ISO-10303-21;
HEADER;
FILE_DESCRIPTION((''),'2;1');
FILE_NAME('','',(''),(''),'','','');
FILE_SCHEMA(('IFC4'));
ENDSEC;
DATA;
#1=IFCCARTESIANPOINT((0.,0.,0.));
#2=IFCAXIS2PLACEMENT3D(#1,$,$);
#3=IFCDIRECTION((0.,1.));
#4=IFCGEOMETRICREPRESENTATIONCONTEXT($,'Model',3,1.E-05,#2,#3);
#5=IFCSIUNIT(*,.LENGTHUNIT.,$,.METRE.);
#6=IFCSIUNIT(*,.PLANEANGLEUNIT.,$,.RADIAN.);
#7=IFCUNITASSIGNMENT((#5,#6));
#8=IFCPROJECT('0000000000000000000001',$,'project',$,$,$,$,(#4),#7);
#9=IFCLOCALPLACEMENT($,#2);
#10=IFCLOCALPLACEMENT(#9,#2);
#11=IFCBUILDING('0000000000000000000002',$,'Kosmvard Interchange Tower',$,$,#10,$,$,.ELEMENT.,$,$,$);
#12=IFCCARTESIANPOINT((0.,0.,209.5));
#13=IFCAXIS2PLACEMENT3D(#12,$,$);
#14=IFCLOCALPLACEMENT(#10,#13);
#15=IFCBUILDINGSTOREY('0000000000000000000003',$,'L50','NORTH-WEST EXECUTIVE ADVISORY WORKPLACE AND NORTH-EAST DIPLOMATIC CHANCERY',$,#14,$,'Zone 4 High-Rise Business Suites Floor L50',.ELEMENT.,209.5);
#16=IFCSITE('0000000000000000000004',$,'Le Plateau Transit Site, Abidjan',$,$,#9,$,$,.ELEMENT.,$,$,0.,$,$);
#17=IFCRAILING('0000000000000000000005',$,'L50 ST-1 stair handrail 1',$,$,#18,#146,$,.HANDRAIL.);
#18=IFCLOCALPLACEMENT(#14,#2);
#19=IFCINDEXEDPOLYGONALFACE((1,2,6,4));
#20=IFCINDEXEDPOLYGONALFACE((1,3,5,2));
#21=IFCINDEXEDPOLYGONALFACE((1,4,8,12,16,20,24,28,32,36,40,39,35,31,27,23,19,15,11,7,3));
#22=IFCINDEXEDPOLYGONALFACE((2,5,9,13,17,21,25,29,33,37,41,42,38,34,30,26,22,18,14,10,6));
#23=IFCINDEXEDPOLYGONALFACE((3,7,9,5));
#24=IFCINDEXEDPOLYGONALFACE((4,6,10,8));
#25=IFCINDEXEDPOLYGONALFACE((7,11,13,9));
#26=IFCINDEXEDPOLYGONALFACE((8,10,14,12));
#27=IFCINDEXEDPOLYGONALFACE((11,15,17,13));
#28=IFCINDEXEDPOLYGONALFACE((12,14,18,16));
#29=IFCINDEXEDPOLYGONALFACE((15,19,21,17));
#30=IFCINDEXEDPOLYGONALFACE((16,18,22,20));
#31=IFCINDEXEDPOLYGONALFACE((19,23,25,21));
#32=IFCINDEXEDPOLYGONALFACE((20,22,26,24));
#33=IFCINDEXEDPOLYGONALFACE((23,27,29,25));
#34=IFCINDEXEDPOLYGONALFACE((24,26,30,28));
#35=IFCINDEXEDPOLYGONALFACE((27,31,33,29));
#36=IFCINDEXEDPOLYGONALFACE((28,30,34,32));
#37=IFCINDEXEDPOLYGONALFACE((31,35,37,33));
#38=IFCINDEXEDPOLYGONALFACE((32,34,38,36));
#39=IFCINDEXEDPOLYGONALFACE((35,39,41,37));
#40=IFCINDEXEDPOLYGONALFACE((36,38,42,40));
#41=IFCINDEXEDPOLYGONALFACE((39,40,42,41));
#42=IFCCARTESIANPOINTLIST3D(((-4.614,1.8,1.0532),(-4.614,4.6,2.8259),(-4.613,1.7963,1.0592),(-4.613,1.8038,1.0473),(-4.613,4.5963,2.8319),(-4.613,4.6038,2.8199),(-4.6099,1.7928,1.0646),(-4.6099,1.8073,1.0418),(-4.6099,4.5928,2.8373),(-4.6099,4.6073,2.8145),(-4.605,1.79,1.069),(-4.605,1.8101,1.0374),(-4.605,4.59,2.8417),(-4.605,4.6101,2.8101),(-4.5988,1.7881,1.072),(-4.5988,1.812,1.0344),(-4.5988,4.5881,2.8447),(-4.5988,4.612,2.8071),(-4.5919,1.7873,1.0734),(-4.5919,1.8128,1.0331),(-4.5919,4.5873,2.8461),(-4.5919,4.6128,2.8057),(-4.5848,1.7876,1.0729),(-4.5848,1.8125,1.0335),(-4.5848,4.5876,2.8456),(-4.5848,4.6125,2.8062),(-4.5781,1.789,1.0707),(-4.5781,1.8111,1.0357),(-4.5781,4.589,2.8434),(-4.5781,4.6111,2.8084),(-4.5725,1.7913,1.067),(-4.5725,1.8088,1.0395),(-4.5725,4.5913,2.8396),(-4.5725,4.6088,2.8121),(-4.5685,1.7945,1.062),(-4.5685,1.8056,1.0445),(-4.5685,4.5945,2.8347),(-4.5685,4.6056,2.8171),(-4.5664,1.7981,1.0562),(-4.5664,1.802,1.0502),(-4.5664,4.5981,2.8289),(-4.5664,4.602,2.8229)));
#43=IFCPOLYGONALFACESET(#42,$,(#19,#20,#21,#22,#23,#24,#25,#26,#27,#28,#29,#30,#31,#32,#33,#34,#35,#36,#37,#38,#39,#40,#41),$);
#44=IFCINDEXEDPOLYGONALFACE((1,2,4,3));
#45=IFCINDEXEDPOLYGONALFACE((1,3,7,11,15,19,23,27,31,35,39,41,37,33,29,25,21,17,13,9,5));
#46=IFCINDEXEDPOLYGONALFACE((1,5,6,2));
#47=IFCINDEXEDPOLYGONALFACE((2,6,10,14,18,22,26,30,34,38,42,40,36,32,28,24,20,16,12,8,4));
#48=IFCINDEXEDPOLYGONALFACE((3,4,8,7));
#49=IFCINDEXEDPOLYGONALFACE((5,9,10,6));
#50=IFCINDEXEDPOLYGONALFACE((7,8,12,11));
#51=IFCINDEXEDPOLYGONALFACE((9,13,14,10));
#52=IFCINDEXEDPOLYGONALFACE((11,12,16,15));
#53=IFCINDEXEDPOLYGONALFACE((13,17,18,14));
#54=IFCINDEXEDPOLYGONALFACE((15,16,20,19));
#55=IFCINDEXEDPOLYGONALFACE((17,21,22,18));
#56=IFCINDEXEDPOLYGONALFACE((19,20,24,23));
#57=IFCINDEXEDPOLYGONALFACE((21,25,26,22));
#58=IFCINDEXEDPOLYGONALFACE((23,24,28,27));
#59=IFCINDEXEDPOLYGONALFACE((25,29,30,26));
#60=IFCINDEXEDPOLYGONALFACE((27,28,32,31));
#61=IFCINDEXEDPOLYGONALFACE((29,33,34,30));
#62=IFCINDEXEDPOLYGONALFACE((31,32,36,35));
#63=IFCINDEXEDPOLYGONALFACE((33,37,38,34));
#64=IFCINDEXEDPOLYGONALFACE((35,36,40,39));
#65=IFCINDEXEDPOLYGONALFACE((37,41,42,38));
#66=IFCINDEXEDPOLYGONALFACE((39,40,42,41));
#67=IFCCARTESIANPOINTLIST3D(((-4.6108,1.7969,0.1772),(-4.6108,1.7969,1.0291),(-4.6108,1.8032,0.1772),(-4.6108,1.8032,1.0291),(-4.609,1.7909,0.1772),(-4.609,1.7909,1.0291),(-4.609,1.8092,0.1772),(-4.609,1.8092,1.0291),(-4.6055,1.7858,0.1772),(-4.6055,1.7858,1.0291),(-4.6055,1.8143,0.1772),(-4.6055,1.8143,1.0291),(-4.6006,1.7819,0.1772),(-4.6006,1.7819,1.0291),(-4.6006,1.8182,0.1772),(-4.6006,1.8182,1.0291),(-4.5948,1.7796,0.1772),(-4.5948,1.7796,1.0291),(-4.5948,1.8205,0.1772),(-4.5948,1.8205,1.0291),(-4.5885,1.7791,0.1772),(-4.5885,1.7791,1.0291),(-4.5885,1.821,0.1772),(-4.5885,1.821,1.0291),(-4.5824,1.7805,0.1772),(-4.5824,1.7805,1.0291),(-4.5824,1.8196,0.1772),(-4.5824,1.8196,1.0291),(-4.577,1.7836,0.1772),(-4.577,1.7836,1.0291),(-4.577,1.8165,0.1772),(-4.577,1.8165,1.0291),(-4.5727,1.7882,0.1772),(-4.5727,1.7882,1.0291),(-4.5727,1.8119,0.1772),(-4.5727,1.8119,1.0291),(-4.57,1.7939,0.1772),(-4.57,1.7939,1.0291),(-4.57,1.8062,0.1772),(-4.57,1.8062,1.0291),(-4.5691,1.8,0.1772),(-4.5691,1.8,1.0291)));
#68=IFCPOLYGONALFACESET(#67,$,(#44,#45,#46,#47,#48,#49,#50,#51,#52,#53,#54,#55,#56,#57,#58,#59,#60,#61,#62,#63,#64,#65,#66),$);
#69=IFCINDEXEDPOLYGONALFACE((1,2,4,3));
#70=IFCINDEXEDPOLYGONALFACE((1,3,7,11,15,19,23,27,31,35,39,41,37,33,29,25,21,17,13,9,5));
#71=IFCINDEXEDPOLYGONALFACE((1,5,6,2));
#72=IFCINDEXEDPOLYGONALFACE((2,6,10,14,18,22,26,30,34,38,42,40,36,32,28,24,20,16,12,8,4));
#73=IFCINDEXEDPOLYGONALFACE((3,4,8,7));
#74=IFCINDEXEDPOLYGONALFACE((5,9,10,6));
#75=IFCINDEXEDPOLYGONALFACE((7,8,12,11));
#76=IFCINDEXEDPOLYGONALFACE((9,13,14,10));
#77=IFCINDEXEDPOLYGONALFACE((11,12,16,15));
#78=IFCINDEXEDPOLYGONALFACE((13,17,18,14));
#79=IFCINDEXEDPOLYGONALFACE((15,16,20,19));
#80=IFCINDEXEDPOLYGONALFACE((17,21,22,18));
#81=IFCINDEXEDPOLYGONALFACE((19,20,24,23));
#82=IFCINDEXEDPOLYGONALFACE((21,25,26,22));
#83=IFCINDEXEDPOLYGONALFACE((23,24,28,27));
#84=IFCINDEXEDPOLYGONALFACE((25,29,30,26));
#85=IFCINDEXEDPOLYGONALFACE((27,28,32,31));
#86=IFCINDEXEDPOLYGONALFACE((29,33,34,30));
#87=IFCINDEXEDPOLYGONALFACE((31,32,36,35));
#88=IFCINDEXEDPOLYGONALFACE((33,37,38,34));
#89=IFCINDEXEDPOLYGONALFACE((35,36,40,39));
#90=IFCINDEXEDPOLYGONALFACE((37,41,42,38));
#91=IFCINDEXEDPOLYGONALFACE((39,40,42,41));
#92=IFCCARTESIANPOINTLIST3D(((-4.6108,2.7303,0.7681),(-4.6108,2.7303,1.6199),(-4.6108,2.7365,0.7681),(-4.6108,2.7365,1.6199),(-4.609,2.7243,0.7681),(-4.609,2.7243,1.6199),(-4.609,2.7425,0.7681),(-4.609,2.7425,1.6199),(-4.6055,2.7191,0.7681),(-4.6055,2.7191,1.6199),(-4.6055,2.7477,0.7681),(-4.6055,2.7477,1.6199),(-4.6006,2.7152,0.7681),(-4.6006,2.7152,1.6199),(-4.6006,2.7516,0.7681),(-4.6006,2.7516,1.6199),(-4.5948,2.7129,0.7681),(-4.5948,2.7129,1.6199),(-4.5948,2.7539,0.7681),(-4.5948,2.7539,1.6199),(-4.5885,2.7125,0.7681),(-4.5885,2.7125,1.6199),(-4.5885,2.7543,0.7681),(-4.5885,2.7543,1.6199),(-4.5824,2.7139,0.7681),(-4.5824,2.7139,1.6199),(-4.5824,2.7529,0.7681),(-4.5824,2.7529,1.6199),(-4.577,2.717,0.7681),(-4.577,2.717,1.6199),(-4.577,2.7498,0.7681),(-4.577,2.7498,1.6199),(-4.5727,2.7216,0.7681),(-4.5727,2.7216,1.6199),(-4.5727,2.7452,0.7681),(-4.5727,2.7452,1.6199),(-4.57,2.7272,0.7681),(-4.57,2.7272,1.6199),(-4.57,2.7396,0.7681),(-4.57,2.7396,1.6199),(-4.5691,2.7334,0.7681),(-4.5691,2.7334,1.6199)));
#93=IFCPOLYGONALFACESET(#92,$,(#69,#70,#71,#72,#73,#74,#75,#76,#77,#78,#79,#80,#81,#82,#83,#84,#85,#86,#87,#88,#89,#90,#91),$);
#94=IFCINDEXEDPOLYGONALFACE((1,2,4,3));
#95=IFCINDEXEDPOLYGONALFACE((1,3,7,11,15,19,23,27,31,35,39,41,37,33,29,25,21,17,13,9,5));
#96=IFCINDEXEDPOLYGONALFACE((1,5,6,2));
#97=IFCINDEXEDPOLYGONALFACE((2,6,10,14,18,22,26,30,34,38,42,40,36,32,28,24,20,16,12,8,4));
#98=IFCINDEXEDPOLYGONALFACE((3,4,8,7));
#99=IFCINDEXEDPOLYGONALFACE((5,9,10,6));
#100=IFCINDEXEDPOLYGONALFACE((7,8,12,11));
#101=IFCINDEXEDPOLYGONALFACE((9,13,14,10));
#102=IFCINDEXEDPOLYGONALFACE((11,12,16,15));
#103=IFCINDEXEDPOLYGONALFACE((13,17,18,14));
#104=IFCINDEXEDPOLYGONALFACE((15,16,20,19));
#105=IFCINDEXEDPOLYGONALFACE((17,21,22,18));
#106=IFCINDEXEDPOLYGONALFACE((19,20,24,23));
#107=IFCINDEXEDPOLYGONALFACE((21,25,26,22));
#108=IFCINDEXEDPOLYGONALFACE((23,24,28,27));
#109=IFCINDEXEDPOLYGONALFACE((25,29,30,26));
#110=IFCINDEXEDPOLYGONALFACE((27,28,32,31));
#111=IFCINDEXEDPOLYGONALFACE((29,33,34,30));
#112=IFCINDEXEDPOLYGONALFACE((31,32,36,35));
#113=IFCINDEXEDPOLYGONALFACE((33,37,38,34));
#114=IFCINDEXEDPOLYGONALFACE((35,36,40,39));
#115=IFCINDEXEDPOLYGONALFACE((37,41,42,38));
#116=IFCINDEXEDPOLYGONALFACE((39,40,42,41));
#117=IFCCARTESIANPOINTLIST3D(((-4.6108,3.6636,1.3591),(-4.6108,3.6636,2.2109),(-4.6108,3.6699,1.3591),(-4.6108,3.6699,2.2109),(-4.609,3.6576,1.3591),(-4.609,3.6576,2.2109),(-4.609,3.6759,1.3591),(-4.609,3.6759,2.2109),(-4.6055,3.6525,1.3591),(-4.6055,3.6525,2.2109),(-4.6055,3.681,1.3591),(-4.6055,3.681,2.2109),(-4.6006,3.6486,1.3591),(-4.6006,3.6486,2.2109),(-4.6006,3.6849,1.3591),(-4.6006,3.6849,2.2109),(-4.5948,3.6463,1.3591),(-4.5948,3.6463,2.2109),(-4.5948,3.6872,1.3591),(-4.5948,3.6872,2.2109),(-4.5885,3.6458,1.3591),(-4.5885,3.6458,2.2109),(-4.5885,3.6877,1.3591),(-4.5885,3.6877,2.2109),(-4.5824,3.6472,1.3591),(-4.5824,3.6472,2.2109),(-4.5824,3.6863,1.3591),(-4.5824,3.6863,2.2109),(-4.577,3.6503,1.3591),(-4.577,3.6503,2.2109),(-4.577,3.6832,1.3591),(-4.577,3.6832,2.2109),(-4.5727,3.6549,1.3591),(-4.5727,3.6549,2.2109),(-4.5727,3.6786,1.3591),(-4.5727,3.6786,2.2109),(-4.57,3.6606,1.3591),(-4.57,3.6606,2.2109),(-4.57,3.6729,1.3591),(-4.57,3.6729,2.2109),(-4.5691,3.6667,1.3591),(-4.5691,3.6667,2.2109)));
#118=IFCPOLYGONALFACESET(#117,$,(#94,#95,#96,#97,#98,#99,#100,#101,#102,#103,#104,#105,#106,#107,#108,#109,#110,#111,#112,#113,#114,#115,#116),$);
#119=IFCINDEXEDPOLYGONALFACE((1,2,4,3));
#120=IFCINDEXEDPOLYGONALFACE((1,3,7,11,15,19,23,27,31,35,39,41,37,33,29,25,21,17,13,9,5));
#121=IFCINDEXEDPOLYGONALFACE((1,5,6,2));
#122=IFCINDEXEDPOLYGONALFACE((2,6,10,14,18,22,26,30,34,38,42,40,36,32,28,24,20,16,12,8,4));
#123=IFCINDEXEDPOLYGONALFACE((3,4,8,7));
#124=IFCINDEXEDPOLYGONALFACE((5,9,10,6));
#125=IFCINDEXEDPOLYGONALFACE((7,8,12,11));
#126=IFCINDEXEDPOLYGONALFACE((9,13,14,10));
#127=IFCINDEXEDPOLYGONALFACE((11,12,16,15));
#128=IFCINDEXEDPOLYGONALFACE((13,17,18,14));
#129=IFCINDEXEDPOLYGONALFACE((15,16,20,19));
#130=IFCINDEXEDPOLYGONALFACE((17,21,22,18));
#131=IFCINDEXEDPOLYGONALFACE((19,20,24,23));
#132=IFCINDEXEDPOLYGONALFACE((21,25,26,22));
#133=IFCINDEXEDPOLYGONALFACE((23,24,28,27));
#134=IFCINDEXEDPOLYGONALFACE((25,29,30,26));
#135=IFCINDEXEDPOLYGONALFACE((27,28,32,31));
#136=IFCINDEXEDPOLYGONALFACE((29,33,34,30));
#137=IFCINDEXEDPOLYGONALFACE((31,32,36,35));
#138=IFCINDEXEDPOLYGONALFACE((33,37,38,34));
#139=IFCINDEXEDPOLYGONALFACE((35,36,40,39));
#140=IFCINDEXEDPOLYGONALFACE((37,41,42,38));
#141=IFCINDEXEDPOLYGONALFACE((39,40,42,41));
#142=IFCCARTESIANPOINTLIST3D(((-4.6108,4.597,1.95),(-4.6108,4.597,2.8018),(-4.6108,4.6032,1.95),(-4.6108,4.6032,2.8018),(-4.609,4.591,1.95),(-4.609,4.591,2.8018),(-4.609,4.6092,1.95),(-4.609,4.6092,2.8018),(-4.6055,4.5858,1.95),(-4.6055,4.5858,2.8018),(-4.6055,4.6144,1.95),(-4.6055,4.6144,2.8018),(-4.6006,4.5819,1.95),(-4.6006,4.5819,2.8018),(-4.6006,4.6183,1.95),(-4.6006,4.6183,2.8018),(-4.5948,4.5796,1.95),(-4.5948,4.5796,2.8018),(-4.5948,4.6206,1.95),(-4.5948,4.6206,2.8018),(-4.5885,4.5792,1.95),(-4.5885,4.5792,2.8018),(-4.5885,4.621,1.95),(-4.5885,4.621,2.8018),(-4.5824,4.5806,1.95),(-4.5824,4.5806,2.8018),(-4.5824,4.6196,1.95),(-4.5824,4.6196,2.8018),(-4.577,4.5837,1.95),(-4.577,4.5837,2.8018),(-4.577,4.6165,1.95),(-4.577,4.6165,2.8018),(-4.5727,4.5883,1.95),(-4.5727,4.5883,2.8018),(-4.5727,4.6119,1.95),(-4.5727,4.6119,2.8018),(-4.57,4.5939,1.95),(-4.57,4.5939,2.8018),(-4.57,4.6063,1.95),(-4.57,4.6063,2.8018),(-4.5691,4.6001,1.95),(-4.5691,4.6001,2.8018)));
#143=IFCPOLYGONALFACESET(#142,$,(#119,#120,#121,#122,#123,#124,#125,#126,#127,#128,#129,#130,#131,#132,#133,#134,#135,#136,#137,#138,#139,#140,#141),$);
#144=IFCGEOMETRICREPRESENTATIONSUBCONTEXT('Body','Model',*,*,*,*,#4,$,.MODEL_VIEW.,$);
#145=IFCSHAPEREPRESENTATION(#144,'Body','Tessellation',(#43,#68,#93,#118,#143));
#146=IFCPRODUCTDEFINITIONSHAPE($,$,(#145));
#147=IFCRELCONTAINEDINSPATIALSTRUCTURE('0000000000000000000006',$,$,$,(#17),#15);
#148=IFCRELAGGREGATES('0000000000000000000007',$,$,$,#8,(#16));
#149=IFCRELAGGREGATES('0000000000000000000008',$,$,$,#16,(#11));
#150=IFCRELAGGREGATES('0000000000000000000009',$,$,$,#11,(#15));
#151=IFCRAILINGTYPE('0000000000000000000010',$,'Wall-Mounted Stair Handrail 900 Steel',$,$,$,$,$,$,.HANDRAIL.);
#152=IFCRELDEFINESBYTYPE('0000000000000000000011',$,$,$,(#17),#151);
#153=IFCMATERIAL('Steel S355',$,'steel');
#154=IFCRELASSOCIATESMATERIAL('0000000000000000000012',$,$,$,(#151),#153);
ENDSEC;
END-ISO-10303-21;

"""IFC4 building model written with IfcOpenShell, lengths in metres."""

from ifc_helpers import new_model, si_unit, direction, frame, origin, origin_2d, place, context, subcontext, project, spatial, circle, extrude, source, transform, mapped, material, type_object, element, save


model = new_model("IFC4")

# Units and contexts
model_context = context("Model", 3, precision=1e-05, world=origin(), true_north=direction((0.0, 1.0)))
body_context = subcontext(model_context, "Body", "Model", "MODEL_VIEW")
ifc_project = project(units=[si_unit("LENGTHUNIT", "METRE"), si_unit("PLANEANGLEUNIT", "RADIAN")], contexts=[model_context])

# Site, building, storey
site_placement = place(None, origin())
site = spatial("IfcSite", under=ifc_project, at=site_placement, Name="Le Plateau Transit Site, Abidjan", CompositionType="ELEMENT", RefElevation=0.0)
building_placement = place(site_placement, origin())
building = spatial("IfcBuilding", under=site, at=building_placement, Name="Kosmvard Interchange Tower", CompositionType="ELEMENT")
storey_placement = place(building_placement, frame((0.0, 0.0, 209.5)))
storey = spatial("IfcBuildingStorey", under=building, at=storey_placement, Name="L50", Description="NORTH-WEST EXECUTIVE ADVISORY WORKPLACE AND NORTH-EAST DIPLOMATIC CHANCERY", LongName="Zone 4 High-Rise Business Suites Floor L50", CompositionType="ELEMENT", Elevation=209.5)

# Railing
ifc_material_1 = material(Name="Steel S355", Category="steel")
railing_type_1 = type_object("IfcRailingType", Name="Wall-Mounted Stair Handrail 900 Steel", PredefinedType="HANDRAIL", material=ifc_material_1)
shared_shape_1 = source(origin(), body_context, "Body", "SweptSolid", [
    extrude(circle(Radius=0.0239, at=origin_2d()), frame((0.0, 0.0, 0.876), z_axis=(0.0, 0.844909, 0.53491), x_axis=(-1.0, 0.0, 0.0)), (0.0, 0.0, 1.0), 3.314),
    extrude(circle(Radius=0.021, at=origin_2d()), origin(), (0.0, 0.0, 1.0), 0.8518),
    extrude(circle(Radius=0.021, at=origin_2d()), frame((0.0, 0.9333, 0.5908)), (0.0, 0.0, 1.0), 0.8518),
    extrude(circle(Radius=0.021, at=origin_2d()), frame((0.0, 1.8667, 1.1819)), (0.0, 0.0, 1.0), 0.8518),
    extrude(circle(Radius=0.021, at=origin_2d()), frame((0.0, 2.8, 1.7727)), (0.0, 0.0, 1.0), 0.8518),
])
railing_1_placement = place(storey_placement, frame((-4.5901, 1.8, 0.1772)))
element("IfcRailing", 1, at=railing_1_placement, inside=storey, type_object=railing_type_1, Name="L50 ST-1 stair handrail 1", PredefinedType="HANDRAIL", context=body_context, shape_type="MappedRepresentation", body=[
    mapped(shared_shape_1, transform((0.0, 0.0, 0.0), scale=1.0)),
])

save(model, "model.ifc")
